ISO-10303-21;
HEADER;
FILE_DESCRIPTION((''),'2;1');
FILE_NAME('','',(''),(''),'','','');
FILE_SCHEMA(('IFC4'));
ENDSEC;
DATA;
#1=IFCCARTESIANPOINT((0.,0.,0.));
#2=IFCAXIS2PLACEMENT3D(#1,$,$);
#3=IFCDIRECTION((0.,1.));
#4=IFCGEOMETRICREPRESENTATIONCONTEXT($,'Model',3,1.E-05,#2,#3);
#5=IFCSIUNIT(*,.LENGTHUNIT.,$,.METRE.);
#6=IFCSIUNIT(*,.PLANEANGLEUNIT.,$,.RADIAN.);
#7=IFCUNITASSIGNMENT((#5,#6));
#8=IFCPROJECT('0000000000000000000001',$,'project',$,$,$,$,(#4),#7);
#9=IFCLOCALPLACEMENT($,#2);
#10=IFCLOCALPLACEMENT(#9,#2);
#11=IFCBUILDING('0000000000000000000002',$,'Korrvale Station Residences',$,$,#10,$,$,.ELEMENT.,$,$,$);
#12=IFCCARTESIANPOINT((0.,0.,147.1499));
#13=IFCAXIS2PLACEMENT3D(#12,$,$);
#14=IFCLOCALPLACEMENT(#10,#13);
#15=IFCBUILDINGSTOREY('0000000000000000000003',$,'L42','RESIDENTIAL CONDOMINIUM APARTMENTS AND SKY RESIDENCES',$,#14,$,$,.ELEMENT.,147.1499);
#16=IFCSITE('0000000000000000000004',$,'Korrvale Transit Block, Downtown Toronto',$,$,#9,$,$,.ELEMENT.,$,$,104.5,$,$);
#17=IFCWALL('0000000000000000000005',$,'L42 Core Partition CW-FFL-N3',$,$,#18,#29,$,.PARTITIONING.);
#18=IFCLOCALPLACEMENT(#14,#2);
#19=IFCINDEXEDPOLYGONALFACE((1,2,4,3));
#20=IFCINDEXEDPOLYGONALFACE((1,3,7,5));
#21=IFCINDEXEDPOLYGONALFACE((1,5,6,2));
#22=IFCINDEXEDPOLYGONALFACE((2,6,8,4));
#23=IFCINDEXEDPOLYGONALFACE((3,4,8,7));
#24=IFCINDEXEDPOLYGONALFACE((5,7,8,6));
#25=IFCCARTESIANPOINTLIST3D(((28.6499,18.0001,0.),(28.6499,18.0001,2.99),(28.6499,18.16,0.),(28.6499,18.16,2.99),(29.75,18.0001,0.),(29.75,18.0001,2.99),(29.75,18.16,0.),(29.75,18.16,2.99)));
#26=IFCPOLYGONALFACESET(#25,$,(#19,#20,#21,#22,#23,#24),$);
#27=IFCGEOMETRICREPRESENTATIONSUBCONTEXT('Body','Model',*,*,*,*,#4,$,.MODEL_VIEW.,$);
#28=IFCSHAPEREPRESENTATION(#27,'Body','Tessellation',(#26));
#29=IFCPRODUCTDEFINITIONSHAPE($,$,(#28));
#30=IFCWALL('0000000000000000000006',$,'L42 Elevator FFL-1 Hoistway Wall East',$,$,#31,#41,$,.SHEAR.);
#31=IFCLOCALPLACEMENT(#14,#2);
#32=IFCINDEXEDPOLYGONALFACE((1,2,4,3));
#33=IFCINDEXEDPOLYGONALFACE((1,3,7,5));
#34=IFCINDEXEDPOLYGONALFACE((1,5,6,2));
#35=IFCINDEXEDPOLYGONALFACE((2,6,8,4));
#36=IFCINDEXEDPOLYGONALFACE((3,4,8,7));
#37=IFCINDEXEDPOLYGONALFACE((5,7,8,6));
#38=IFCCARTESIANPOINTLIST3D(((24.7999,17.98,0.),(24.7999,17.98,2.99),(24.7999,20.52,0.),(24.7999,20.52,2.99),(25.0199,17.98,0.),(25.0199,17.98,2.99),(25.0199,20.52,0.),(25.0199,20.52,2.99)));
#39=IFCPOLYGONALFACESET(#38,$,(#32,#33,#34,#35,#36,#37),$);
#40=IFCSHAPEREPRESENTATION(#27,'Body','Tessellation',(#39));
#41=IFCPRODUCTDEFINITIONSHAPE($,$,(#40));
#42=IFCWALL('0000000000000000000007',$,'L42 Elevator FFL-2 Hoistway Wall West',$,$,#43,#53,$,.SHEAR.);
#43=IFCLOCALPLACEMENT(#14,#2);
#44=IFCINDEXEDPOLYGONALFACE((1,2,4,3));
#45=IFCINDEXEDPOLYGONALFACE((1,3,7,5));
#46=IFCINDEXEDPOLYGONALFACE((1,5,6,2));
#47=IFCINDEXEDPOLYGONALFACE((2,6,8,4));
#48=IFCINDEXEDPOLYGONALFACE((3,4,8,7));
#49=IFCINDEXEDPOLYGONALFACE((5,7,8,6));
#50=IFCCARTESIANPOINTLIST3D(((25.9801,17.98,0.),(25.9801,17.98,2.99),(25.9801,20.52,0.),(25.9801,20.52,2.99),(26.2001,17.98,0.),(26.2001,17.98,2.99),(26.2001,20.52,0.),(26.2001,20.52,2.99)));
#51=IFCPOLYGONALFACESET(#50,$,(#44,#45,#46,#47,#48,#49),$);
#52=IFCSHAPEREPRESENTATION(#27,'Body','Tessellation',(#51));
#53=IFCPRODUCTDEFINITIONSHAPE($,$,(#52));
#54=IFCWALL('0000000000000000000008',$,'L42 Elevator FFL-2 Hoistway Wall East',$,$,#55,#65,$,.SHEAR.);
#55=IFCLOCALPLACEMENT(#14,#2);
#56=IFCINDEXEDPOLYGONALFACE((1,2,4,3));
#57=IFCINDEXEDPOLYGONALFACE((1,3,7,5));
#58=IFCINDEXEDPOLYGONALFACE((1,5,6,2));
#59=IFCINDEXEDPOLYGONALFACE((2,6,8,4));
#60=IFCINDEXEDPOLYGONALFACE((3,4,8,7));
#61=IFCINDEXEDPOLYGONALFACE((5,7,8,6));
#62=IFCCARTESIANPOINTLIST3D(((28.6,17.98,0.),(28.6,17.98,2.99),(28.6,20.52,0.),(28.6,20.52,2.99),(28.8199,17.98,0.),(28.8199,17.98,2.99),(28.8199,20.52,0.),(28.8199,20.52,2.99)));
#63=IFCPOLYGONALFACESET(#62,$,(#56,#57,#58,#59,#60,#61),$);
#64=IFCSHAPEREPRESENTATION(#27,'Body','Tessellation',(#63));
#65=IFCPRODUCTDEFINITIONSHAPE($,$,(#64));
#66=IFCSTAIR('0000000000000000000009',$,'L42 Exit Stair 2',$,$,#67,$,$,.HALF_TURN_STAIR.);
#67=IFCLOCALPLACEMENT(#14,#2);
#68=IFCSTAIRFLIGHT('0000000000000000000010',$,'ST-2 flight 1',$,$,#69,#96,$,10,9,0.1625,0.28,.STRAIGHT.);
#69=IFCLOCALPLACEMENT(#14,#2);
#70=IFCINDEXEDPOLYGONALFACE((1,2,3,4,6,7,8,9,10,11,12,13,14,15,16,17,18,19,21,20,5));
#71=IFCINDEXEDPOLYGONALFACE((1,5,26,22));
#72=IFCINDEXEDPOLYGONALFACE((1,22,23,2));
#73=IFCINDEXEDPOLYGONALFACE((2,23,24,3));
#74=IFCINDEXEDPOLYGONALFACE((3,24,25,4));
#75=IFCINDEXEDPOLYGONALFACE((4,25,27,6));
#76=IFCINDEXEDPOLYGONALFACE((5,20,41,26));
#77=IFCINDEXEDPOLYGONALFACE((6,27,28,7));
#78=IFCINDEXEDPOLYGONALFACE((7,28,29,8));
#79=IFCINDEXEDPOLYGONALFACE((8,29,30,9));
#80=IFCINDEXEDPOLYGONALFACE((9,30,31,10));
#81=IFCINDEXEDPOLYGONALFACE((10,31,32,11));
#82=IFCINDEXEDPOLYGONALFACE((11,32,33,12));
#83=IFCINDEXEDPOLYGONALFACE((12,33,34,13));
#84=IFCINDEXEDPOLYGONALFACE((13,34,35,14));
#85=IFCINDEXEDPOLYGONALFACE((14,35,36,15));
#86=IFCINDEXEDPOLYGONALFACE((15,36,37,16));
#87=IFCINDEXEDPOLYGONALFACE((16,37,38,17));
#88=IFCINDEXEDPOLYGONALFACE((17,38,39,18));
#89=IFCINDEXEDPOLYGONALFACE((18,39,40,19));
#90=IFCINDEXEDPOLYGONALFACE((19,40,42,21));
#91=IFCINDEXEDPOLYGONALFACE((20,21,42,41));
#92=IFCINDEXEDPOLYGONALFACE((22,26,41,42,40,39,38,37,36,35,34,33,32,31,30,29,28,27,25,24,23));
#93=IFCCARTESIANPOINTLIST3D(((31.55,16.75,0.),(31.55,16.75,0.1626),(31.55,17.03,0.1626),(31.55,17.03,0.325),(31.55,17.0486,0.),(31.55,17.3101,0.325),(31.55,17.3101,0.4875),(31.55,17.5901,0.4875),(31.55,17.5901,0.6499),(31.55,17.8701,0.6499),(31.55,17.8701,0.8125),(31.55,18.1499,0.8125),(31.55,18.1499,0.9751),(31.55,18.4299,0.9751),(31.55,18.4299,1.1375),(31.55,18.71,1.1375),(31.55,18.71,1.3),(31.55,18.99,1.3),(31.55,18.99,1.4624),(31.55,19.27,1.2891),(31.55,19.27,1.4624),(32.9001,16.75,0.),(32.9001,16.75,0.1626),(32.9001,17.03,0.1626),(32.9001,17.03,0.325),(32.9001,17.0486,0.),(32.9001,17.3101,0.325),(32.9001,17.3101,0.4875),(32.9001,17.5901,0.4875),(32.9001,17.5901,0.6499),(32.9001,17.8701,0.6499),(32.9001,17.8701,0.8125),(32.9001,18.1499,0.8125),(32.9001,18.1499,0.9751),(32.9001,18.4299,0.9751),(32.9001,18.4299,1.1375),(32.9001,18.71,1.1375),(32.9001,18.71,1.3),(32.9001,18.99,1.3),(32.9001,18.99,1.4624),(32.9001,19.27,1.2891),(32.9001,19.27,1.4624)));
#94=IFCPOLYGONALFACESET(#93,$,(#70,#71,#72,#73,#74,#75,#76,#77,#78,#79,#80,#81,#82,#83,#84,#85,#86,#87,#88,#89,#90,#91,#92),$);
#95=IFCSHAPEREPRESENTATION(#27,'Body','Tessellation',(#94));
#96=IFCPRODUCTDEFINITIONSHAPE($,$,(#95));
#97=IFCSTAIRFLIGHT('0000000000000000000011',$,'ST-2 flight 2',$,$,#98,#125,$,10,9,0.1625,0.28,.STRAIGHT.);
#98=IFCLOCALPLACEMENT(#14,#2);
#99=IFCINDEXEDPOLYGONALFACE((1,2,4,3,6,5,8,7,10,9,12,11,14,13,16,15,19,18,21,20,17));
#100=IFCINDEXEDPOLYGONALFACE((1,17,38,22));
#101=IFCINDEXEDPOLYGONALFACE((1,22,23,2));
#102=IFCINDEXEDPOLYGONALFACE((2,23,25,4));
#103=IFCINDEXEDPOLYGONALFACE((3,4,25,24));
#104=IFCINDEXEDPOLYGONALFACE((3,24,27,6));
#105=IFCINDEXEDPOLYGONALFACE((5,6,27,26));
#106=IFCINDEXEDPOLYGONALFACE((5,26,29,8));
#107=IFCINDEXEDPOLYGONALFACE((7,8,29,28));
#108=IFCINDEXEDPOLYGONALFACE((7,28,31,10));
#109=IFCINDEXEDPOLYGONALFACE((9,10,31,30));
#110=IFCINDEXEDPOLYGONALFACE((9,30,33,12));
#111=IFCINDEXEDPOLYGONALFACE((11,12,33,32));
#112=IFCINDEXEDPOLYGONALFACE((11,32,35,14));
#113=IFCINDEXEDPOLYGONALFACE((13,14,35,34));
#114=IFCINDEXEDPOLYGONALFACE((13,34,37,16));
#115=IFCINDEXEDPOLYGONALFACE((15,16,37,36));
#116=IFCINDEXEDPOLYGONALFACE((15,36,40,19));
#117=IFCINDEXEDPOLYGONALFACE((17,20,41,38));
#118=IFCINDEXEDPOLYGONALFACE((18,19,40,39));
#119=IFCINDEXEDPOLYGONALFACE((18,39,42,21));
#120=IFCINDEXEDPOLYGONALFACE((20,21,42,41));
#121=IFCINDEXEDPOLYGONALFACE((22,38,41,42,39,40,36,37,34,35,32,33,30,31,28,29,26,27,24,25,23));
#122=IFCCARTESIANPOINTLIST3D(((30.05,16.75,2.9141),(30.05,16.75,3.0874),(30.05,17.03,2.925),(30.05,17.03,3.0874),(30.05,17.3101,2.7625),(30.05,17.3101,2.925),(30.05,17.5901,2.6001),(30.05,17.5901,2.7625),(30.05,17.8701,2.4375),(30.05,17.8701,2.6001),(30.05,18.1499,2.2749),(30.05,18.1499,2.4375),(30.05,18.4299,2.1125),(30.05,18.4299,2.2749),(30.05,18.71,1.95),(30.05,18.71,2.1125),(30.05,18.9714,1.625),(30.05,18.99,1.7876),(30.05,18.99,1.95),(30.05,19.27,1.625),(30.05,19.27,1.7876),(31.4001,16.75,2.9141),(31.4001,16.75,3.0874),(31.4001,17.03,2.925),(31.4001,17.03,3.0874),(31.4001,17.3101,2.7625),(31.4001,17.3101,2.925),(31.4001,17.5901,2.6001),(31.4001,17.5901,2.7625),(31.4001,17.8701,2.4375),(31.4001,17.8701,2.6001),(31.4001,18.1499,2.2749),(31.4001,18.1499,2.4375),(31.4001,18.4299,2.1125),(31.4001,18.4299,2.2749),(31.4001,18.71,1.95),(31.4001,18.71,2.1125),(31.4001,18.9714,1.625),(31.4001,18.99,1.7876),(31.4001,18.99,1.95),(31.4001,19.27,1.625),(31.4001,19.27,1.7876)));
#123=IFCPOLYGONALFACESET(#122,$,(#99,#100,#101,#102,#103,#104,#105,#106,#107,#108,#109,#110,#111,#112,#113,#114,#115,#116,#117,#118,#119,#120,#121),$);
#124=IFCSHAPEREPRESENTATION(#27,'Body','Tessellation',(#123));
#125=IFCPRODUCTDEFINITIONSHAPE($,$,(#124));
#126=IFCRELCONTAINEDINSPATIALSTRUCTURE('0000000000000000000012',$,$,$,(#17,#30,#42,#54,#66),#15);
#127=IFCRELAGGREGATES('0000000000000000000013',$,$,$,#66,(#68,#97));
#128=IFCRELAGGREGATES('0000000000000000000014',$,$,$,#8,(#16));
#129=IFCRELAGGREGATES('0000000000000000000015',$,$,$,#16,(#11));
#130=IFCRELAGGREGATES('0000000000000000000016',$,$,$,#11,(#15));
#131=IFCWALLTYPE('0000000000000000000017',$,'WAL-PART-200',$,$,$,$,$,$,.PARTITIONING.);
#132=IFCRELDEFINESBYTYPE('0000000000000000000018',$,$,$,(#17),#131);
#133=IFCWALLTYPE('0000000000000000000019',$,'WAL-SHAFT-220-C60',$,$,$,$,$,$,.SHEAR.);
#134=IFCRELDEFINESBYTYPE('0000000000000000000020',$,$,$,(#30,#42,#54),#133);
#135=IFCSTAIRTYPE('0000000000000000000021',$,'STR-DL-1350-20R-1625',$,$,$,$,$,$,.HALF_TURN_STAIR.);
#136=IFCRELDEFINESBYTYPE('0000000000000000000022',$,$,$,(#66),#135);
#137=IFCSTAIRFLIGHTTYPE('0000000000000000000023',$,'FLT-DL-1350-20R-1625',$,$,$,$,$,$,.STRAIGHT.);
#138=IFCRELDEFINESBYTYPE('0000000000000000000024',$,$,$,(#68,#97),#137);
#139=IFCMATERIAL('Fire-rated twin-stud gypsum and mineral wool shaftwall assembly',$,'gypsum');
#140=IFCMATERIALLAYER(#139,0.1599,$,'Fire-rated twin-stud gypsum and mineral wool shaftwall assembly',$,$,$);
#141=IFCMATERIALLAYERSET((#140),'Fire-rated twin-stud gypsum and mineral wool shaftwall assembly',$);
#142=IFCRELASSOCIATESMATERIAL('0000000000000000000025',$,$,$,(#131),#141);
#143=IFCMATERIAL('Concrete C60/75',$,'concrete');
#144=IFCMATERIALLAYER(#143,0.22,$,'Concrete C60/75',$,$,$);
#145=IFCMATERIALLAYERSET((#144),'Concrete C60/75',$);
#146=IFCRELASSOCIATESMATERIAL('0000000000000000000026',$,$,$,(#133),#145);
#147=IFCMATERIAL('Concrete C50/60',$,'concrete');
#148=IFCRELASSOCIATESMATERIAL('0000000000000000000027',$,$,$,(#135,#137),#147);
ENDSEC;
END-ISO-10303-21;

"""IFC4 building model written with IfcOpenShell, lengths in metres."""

from ifc_helpers import new_model, si_unit, direction, frame, frame_2d, origin, place, context, subcontext, project, spatial, polyline, rectangle, outline, extrude, material, layer, layer_set, type_object, element, aggregate, save


model = new_model("IFC4")

# Units and contexts
model_context = context("Model", 3, precision=1e-05, world=origin(), true_north=direction((0.0, 1.0)))
body_context = subcontext(model_context, "Body", "Model", "MODEL_VIEW")
ifc_project = project(units=[si_unit("LENGTHUNIT", "METRE"), si_unit("PLANEANGLEUNIT", "RADIAN")], contexts=[model_context])

# Site, building, storey
site_placement = place(None, origin())
site = spatial("IfcSite", under=ifc_project, at=site_placement, Name="Korrvale Transit Block, Downtown Toronto", CompositionType="ELEMENT", RefElevation=104.5)
building_placement = place(site_placement, origin())
building = spatial("IfcBuilding", under=site, at=building_placement, Name="Korrvale Station Residences", CompositionType="ELEMENT")
storey_placement = place(building_placement, frame((0.0, 0.0, 147.1499)))
storey = spatial("IfcBuildingStorey", under=building, at=storey_placement, Name="L42", Description="RESIDENTIAL CONDOMINIUM APARTMENTS AND SKY RESIDENCES", CompositionType="ELEMENT", Elevation=147.1499)

# Shared definitions
ifc_material_1 = material(Name="Concrete C60/75", Category="concrete")

# Walls
ifc_material_2 = material(Name="Fire-rated twin-stud gypsum and mineral wool shaftwall assembly", Category="gypsum")
ifc_layer_1 = layer(ifc_material_2, 0.1599, Name="Fire-rated twin-stud gypsum and mineral wool shaftwall assembly")
ifc_layer_set_1 = layer_set([ifc_layer_1], Name="Fire-rated twin-stud gypsum and mineral wool shaftwall assembly")
wall_type_1 = type_object("IfcWallType", Name="WAL-PART-200", PredefinedType="PARTITIONING", material=ifc_layer_set_1)
wall_1_placement = place(storey_placement, frame((28.6499, 18.0801, 0.0), z_axis=(0.0, 0.0, 1.0), x_axis=(1.0, 0.0, 0.0)))
element("IfcWall", 1, at=wall_1_placement, inside=storey, type_object=wall_type_1, Name="L42 Core Partition CW-FFL-N3", PredefinedType="PARTITIONING", context=body_context, shape_type="SweptSolid", body=[
    extrude(rectangle(XDim=1.1001, YDim=0.1599, at=frame_2d((0.55, 0.0))), origin(), (0.0, 0.0, 1.0), 2.99),
])
ifc_layer_2 = layer(ifc_material_1, 0.22, Name="Concrete C60/75")
ifc_layer_set_2 = layer_set([ifc_layer_2], Name="Concrete C60/75")
wall_type_2 = type_object("IfcWallType", Name="WAL-SHAFT-220-C60", PredefinedType="SHEAR", material=ifc_layer_set_2)
wall_2_placement = place(storey_placement, frame((24.9099, 17.98, 0.0), z_axis=(0.0, 0.0, 1.0), x_axis=(0.0, 1.0, 0.0)))
element("IfcWall", 2, at=wall_2_placement, inside=storey, type_object=wall_type_2, Name="L42 Elevator FFL-1 Hoistway Wall East", PredefinedType="SHEAR", context=body_context, shape_type="SweptSolid", body=[
    extrude(rectangle(XDim=2.54, YDim=0.22, at=frame_2d((1.27, 0.0))), origin(), (0.0, 0.0, 1.0), 2.99),
])

# Walls
for number, where, z_axis, x_axis, name in (
    (3, (26.0901, 17.98, 0.0), (0.0, 0.0, 1.0), (0.0, 1.0, 0.0), "L42 Elevator FFL-2 Hoistway Wall West"),
    (4, (28.71, 17.98, 0.0), (0.0, 0.0, 1.0), (0.0, 1.0, 0.0), "L42 Elevator FFL-2 Hoistway Wall East"),
):
    element("IfcWall", number, at=place(storey_placement, frame(where, z_axis=z_axis, x_axis=x_axis)), inside=storey, type_object=wall_type_2, Name=name, PredefinedType="SHEAR", context=body_context, shape_type="SweptSolid", body=[
        extrude(rectangle(XDim=2.54, YDim=0.22, at=frame_2d((1.27, 0.0))), origin(), (0.0, 0.0, 1.0), 2.99),
    ])

# Stair, stair flights
ifc_material_3 = material(Name="Concrete C50/60", Category="concrete")
stair_type = type_object("IfcStairType", Name="STR-DL-1350-20R-1625", PredefinedType="HALF_TURN_STAIR", material=ifc_material_3)
stair_placement = place(storey_placement, origin())
stair = element("IfcStair", 5, at=stair_placement, inside=storey, type_object=stair_type, Name="L42 Exit Stair 2", PredefinedType="HALF_TURN_STAIR")
stair_flight_type = type_object("IfcStairFlightType", Name="FLT-DL-1350-20R-1625", PredefinedType="STRAIGHT", material=ifc_material_3)
stair_flight_1_placement = place(storey_placement, frame((32.2251, 16.75, 0.0), z_axis=(0.0, 0.0, 1.0), x_axis=(0.0, 1.0, 0.0)))
stair_flight_1 = element("IfcStairFlight", 6, at=stair_flight_1_placement, type_object=stair_flight_type, Name="ST-2 flight 1", NumberOfRisers=10, NumberOfTreads=9, PredefinedType="STRAIGHT", RiserHeight=0.1625, TreadLength=0.28, context=body_context, shape_type="SweptSolid", body=[
    extrude(outline(polyline([(0.0, 0.0), (0.0, 0.1626), (0.28, 0.1626), (0.28, 0.325), (0.5601, 0.325), (0.5601, 0.4875), (0.8401, 0.4875), (0.8401, 0.6499), (1.1201, 0.6499), (1.1201, 0.8125), (1.3999, 0.8125), (1.3999, 0.9751), (1.6799, 0.9751), (1.6799, 1.1375), (1.96, 1.1375), (1.96, 1.3), (2.24, 1.3), (2.24, 1.4624), (2.52, 1.4624), (2.52, 1.625), (2.52, 1.2891), (0.2986, 0.0), (0.0, 0.0)])), frame((0.0, 0.675, 0.0), z_axis=(0.0, -1.0, 0.0), x_axis=(1.0, 0.0, 0.0)), (0.0, 0.0, 1.0), 1.3501),
])
stair_flight_2_placement = place(storey_placement, frame((30.7251, 19.27, 1.625), z_axis=(0.0, 0.0, 1.0), x_axis=(0.0, -1.0, 0.0)))
stair_flight_2 = element("IfcStairFlight", 7, at=stair_flight_2_placement, type_object=stair_flight_type, Name="ST-2 flight 2", NumberOfRisers=10, NumberOfTreads=9, PredefinedType="STRAIGHT", RiserHeight=0.1625, TreadLength=0.28, context=body_context, shape_type="SweptSolid", body=[
    extrude(outline(polyline([(0.0, 0.0), (0.0, 0.1626), (0.28, 0.1626), (0.28, 0.325), (0.5601, 0.325), (0.5601, 0.4875), (0.8401, 0.4875), (0.8401, 0.6499), (1.1201, 0.6499), (1.1201, 0.8125), (1.3999, 0.8125), (1.3999, 0.9751), (1.6799, 0.9751), (1.6799, 1.1375), (1.96, 1.1375), (1.96, 1.3), (2.24, 1.3), (2.24, 1.4624), (2.52, 1.4624), (2.52, 1.625), (2.52, 1.2891), (0.2986, 0.0), (0.0, 0.0)])), frame((0.0, 0.675, 0.0), z_axis=(0.0, -1.0, 0.0), x_axis=(1.0, 0.0, 0.0)), (0.0, 0.0, 1.0), 1.3501),
])
aggregate(stair, [stair_flight_1, stair_flight_2])

save(model, "model.ifc")
